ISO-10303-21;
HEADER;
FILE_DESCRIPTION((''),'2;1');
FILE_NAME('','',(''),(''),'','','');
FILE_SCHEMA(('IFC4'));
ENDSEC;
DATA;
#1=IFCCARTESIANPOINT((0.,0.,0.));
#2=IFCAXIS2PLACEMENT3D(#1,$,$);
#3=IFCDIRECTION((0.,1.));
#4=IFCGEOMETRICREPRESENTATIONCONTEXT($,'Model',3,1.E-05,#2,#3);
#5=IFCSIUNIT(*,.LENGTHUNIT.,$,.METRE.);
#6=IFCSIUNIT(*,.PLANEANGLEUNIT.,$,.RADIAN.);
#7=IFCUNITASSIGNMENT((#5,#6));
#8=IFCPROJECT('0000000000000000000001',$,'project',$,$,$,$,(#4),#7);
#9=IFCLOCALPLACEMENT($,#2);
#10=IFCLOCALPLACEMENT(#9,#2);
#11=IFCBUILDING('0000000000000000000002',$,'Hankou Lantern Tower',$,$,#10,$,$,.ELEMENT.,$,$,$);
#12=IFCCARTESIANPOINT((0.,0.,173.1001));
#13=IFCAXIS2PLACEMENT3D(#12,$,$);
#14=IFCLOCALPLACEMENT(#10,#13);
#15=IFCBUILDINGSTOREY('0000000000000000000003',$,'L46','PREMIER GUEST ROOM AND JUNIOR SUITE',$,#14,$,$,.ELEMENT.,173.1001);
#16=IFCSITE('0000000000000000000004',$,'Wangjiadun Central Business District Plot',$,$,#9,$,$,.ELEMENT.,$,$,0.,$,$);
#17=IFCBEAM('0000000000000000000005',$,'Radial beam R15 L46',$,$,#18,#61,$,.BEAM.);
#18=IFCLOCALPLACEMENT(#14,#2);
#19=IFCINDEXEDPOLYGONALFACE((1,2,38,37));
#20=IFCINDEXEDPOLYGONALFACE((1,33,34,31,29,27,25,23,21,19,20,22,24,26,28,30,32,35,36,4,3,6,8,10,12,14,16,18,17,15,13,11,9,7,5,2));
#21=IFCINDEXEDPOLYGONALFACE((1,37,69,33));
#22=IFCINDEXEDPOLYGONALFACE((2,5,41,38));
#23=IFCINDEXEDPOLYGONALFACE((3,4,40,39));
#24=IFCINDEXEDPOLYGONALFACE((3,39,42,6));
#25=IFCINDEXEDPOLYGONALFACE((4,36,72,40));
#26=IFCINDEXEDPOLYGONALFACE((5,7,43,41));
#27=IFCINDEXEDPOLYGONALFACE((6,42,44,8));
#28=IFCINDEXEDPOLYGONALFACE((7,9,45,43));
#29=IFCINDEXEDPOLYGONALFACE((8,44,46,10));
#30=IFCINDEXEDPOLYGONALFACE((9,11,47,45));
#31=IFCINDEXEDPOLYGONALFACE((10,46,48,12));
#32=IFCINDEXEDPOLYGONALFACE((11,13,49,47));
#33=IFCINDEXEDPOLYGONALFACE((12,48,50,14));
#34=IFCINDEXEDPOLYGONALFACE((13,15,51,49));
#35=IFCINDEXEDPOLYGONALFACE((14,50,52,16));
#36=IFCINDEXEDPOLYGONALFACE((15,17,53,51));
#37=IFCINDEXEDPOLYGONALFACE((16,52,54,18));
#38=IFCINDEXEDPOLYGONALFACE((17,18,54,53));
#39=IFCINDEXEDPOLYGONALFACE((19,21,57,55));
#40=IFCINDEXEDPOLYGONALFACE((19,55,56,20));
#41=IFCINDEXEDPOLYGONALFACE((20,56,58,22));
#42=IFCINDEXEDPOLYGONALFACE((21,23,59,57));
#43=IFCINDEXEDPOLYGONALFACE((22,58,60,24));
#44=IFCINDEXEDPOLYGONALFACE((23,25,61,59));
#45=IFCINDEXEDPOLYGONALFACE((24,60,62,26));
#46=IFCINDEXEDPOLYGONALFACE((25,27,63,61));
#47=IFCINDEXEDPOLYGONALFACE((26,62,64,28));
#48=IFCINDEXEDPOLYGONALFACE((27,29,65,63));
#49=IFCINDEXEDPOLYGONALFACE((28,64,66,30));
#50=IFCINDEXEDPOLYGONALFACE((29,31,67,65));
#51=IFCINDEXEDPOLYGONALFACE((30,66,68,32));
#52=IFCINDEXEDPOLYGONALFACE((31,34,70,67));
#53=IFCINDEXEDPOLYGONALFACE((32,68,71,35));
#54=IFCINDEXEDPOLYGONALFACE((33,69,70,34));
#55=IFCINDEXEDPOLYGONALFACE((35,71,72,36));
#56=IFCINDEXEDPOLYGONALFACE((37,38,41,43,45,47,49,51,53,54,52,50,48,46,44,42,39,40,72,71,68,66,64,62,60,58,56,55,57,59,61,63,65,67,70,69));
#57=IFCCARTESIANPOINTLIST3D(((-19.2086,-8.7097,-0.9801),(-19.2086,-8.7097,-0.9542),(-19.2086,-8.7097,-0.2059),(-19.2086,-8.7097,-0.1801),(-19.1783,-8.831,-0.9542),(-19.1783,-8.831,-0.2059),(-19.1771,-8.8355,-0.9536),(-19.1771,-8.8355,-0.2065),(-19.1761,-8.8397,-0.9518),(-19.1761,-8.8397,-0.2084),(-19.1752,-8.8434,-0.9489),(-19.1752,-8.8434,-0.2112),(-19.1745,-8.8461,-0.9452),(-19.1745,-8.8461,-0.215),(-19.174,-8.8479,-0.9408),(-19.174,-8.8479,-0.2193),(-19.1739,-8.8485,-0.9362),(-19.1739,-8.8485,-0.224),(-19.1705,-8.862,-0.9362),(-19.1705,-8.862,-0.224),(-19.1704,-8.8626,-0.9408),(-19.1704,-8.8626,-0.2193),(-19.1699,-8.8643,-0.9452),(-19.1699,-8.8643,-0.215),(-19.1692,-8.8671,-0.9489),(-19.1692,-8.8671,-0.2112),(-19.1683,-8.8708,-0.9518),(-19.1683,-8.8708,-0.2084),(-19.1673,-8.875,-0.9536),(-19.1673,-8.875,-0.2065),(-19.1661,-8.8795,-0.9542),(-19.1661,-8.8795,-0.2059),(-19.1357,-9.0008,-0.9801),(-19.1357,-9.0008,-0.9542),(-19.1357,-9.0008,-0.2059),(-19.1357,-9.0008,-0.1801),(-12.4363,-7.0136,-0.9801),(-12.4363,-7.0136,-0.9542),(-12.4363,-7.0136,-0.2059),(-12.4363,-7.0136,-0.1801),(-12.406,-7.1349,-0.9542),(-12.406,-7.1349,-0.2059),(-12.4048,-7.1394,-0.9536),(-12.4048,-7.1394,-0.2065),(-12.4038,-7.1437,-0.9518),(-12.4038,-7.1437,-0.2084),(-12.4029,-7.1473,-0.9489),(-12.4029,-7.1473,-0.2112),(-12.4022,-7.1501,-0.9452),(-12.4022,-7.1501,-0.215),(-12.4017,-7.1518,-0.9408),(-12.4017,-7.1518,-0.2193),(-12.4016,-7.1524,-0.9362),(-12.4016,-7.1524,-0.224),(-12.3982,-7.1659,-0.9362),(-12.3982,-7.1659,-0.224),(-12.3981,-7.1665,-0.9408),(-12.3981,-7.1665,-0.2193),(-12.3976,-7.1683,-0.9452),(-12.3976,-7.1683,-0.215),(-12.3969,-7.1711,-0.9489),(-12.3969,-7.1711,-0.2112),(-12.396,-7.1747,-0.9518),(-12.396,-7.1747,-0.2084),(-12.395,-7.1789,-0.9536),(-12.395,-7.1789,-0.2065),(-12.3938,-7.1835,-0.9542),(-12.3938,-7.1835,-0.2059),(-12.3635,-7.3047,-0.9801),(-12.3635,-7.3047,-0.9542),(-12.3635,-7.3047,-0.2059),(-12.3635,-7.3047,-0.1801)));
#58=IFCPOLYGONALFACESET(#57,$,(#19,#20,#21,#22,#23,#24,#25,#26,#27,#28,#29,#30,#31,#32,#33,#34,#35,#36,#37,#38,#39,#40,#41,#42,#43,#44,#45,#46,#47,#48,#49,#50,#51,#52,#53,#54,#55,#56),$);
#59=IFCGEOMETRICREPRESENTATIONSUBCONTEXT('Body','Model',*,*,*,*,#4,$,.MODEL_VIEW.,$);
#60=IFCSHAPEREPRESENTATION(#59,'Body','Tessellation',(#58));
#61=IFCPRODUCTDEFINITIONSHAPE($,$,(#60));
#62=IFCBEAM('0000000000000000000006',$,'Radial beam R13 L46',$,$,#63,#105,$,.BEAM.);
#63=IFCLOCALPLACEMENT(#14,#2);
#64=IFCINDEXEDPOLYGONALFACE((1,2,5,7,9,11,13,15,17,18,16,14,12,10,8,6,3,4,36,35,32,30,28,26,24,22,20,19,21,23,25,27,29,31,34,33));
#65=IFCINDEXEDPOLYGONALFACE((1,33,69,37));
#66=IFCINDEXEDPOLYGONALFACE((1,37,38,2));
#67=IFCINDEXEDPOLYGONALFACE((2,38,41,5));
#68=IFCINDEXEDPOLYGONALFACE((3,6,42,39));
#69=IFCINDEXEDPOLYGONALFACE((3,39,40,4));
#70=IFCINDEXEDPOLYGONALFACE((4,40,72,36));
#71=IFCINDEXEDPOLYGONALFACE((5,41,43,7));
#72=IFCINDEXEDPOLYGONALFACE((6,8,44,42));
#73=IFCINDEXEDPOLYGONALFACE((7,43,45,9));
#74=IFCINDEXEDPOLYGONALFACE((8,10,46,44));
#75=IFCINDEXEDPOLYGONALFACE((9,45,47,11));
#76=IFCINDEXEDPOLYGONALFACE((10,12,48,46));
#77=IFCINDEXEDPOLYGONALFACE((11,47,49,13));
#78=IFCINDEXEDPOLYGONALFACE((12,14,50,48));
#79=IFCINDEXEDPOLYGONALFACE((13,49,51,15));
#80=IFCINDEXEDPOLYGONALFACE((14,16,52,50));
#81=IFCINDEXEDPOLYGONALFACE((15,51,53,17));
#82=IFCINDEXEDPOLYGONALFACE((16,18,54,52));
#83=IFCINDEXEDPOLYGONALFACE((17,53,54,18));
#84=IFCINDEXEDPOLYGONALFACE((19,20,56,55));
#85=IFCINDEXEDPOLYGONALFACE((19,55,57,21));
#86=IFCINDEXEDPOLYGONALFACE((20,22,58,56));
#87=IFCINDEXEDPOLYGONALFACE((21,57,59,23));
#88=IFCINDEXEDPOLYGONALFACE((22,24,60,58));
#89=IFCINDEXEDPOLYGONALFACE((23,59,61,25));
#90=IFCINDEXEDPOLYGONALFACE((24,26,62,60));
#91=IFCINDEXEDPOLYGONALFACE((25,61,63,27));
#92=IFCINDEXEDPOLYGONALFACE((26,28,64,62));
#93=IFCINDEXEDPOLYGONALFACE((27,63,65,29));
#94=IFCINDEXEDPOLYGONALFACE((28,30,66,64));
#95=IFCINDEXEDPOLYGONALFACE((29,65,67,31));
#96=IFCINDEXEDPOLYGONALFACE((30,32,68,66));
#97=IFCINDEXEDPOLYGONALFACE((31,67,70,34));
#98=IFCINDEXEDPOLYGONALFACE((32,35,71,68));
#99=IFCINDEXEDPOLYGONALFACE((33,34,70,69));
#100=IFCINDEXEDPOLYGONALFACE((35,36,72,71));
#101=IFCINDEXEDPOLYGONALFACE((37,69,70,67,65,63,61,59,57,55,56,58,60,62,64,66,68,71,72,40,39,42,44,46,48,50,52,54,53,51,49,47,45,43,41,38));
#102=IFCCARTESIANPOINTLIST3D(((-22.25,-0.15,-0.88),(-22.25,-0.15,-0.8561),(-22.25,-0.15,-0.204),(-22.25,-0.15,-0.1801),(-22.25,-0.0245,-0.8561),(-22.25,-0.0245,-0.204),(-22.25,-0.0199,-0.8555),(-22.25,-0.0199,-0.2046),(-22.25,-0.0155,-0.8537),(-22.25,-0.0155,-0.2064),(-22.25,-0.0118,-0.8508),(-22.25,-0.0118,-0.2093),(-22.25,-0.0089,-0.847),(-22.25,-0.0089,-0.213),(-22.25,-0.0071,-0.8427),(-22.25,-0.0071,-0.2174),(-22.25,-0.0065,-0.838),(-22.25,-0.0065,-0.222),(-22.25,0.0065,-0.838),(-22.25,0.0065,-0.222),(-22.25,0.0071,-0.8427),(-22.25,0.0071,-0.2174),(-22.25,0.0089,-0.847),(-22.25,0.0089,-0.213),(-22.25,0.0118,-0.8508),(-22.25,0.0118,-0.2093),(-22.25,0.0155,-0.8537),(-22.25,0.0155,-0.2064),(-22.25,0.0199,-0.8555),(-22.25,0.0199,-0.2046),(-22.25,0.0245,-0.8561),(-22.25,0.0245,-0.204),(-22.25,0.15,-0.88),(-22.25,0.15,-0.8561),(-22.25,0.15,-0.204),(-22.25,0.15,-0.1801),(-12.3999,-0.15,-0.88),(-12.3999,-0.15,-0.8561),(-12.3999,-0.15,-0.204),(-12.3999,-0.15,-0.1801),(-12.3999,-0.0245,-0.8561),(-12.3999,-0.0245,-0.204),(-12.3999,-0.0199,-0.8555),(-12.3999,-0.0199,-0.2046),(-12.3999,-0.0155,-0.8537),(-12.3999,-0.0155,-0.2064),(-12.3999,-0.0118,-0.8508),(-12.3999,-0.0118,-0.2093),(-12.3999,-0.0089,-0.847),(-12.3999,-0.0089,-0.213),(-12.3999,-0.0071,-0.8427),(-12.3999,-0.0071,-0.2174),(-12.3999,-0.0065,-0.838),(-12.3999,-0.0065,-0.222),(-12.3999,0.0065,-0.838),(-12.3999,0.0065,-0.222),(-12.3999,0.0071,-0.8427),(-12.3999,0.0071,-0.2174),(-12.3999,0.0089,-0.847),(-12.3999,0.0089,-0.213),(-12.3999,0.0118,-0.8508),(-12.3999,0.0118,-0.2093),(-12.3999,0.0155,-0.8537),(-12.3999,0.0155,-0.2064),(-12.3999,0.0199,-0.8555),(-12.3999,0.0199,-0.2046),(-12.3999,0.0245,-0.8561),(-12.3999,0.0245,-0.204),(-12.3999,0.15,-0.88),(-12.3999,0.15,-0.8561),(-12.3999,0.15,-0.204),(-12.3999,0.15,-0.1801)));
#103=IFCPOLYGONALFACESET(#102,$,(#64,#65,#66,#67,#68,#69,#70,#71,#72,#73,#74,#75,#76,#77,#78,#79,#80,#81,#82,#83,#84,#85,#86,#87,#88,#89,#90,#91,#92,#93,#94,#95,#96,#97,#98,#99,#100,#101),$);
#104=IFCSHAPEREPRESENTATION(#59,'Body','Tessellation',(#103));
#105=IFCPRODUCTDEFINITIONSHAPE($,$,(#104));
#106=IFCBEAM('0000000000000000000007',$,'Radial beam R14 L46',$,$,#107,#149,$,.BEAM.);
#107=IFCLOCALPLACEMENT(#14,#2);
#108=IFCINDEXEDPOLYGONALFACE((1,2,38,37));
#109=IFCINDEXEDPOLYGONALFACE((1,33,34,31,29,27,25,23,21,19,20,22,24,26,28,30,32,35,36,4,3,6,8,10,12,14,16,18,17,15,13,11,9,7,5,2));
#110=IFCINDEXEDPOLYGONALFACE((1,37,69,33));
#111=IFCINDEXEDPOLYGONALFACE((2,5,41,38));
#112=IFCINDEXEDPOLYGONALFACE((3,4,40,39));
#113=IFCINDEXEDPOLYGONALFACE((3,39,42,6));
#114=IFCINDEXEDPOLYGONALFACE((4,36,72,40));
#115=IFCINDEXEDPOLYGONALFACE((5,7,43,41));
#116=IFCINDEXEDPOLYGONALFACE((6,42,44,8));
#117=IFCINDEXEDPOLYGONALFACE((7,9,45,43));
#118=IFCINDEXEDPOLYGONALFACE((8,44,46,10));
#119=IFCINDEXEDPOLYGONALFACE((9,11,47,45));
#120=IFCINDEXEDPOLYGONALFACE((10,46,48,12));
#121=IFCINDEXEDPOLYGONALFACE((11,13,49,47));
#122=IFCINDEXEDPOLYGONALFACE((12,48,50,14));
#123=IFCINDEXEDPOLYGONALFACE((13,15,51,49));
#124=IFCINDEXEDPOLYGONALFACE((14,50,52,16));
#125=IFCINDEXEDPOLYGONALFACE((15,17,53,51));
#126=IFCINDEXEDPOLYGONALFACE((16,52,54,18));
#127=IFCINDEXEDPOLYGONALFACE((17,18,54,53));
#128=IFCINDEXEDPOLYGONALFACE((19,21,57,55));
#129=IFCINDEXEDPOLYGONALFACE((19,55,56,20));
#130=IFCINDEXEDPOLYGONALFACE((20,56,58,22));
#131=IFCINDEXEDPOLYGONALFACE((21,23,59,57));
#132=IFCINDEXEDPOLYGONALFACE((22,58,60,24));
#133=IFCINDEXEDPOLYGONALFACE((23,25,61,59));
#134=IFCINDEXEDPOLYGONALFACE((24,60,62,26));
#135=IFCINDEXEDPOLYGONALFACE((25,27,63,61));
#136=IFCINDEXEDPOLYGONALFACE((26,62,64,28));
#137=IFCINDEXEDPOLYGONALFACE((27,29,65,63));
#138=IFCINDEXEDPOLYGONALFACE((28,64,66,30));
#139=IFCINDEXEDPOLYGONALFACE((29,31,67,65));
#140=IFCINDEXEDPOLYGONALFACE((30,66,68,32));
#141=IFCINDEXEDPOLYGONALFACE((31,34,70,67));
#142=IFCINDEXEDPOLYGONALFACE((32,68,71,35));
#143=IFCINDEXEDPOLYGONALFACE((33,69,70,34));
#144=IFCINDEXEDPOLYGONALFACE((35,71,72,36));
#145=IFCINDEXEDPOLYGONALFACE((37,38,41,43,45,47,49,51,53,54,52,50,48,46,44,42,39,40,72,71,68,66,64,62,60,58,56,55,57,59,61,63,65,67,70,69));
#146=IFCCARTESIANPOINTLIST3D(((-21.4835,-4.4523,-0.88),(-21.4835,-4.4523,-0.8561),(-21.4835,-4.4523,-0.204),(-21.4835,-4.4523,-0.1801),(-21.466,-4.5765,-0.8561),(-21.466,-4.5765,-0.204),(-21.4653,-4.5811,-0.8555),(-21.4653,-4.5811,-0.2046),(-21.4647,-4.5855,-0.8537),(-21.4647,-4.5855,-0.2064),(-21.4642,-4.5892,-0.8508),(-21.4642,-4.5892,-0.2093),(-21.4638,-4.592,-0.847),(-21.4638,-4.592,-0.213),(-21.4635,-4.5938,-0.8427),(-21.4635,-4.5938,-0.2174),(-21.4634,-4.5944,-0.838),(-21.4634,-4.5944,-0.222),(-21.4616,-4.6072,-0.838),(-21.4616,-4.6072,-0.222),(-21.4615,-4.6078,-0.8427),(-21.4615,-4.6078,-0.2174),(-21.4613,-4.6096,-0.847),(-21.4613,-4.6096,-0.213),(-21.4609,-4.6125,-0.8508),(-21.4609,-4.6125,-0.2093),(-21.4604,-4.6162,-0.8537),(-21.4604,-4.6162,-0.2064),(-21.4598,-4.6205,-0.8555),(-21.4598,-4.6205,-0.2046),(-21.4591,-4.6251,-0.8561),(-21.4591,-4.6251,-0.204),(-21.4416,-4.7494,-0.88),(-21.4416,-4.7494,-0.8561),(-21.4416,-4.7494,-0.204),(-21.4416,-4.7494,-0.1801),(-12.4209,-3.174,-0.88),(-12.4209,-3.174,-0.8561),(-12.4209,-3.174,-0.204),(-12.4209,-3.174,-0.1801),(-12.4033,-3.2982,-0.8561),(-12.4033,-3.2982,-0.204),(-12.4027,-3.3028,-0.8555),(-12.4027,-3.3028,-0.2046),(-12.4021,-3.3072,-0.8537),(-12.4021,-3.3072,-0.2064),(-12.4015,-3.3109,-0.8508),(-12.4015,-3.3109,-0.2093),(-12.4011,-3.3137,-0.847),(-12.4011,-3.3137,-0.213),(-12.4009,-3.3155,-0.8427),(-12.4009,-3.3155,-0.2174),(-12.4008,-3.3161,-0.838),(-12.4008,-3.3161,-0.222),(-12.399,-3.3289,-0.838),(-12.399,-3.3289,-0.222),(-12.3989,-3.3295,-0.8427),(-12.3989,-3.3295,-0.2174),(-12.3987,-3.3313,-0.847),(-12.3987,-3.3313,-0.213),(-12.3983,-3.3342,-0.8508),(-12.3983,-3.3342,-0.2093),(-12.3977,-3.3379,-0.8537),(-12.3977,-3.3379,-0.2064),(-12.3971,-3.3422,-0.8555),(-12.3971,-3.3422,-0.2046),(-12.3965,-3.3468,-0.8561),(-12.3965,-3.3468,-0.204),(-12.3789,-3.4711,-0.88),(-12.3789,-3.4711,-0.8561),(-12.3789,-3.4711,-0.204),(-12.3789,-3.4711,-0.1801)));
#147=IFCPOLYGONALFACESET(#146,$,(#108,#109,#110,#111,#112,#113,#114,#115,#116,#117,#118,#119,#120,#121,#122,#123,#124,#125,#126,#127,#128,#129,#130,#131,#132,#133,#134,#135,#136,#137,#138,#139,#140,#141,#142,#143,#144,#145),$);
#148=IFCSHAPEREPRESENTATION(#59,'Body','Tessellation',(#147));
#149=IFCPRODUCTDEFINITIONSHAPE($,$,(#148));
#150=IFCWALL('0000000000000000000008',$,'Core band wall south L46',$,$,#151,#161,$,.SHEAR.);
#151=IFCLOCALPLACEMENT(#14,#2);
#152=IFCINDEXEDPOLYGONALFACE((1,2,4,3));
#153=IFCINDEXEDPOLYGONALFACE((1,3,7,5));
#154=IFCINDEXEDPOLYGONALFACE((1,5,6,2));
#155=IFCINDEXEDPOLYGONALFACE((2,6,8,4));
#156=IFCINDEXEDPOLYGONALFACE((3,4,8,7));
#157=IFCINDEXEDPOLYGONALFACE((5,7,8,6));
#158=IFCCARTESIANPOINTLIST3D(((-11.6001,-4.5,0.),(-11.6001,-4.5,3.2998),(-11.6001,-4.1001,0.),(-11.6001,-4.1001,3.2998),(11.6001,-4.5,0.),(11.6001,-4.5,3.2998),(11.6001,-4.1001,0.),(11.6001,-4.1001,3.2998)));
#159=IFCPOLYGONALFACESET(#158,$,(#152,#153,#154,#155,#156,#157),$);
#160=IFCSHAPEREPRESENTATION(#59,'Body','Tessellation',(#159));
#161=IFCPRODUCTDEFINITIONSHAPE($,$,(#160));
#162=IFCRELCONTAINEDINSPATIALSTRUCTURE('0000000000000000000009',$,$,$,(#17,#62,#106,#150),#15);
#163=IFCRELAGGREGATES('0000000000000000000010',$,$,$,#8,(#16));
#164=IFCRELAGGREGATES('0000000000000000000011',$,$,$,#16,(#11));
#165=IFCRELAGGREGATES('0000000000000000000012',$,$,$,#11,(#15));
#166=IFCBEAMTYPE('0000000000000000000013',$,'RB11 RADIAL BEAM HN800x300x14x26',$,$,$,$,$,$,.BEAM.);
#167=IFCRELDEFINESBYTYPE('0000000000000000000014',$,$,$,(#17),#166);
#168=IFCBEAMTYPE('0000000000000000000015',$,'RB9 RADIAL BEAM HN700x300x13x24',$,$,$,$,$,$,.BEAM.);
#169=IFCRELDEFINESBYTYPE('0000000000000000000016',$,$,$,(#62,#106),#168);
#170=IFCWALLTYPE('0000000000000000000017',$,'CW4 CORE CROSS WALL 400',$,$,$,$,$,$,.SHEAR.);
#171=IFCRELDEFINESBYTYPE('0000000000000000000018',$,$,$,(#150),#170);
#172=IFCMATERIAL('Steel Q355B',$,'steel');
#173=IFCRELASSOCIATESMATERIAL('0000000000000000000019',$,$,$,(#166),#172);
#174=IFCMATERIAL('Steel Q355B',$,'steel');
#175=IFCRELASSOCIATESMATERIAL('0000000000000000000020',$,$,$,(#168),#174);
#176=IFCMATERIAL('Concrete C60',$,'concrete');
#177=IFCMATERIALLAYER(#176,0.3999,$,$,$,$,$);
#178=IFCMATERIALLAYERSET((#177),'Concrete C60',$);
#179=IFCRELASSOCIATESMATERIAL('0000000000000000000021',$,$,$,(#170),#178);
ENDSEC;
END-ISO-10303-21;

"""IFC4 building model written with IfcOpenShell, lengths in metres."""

from ifc_helpers import new_model, si_unit, direction, frame, frame_2d, origin, origin_2d, place, context, subcontext, project, spatial, rectangle, i_section, extrude, material, layer, layer_set, material_profile, profile_set, type_object, element, save


model = new_model("IFC4")

# Units and contexts
model_context = context("Model", 3, precision=1e-05, world=origin(), true_north=direction((0.0, 1.0)))
body_context = subcontext(model_context, "Body", "Model", "MODEL_VIEW")
ifc_project = project(units=[si_unit("LENGTHUNIT", "METRE"), si_unit("PLANEANGLEUNIT", "RADIAN")], contexts=[model_context])

# Site, building, storey
site_placement = place(None, origin())
site = spatial("IfcSite", under=ifc_project, at=site_placement, Name="Wangjiadun Central Business District Plot", CompositionType="ELEMENT", RefElevation=0.0)
building_placement = place(site_placement, origin())
building = spatial("IfcBuilding", under=site, at=building_placement, Name="Hankou Lantern Tower", CompositionType="ELEMENT")
storey_placement = place(building_placement, frame((0.0, 0.0, 173.1001)))
storey = spatial("IfcBuildingStorey", under=building, at=storey_placement, Name="L46", Description="PREMIER GUEST ROOM AND JUNIOR SUITE", CompositionType="ELEMENT", Elevation=173.1001)

# Beams
ifc_material_1 = material(Name="Steel Q355B", Category="steel")
ifc_material_profile_1 = material_profile(ifc_material_1, i_section(OverallWidth=0.3, OverallDepth=0.8, WebThickness=0.0139, FlangeThickness=0.0259, FilletRadius=0.0181, at=origin_2d()), Name="HN800x300x14x26")
ifc_profile_set_1 = profile_set([ifc_material_profile_1], Name="Steel Q355B")
beam_type_1 = type_object("IfcBeamType", Name="RB11 RADIAL BEAM HN800x300x14x26", PredefinedType="BEAM", material=ifc_profile_set_1)
beam_1_placement = place(storey_placement, frame((-12.3999, -7.1592, -0.5801), z_axis=(-0.970042, -0.242939, 0.0), x_axis=(0.242939, -0.970042, 0.0)))
element("IfcBeam", 1, at=beam_1_placement, inside=storey, type_object=beam_type_1, Name="Radial beam R15 L46", PredefinedType="BEAM", context=body_context, shape_type="SweptSolid", body=[
    extrude(i_section(OverallWidth=0.3, OverallDepth=0.8, WebThickness=0.0139, FlangeThickness=0.0259, FilletRadius=0.0181, at=origin_2d()), origin(), (0.0, 0.0, 1.0), 6.9814),
])
ifc_material_2 = material(Name="Steel Q355B", Category="steel")
ifc_material_profile_2 = material_profile(ifc_material_2, i_section(OverallWidth=0.3, OverallDepth=0.7, WebThickness=0.0129, FlangeThickness=0.0239, FilletRadius=0.0181, at=origin_2d()), Name="HN700x300x13x24")
ifc_profile_set_2 = profile_set([ifc_material_profile_2], Name="Steel Q355B")
beam_type_2 = type_object("IfcBeamType", Name="RB9 RADIAL BEAM HN700x300x13x24", PredefinedType="BEAM", material=ifc_profile_set_2)
beam_2_placement = place(storey_placement, frame((-12.3999, 0.0, -0.53), z_axis=(-1.0, 0.0, 0.0), x_axis=(0.0, -1.0, 0.0)))
element("IfcBeam", 2, at=beam_2_placement, inside=storey, type_object=beam_type_2, Name="Radial beam R13 L46", PredefinedType="BEAM", context=body_context, shape_type="SweptSolid", body=[
    extrude(i_section(OverallWidth=0.3, OverallDepth=0.7, WebThickness=0.0129, FlangeThickness=0.0239, FilletRadius=0.0181, at=origin_2d()), origin(), (0.0, 0.0, 1.0), 9.8501),
])
beam_3_placement = place(storey_placement, frame((-12.3999, -3.3225, -0.53), z_axis=(-0.990198, -0.13967, 0.0), x_axis=(0.13967, -0.990198, 0.0)))
element("IfcBeam", 3, at=beam_3_placement, inside=storey, type_object=beam_type_2, Name="Radial beam R14 L46", PredefinedType="BEAM", context=body_context, shape_type="SweptSolid", body=[
    extrude(i_section(OverallWidth=0.3, OverallDepth=0.7, WebThickness=0.0129, FlangeThickness=0.0239, FilletRadius=0.0181, at=origin_2d()), origin(), (0.0, 0.0, 1.0), 9.1523),
])

# Wall
ifc_material_3 = material(Name="Concrete C60", Category="concrete")
ifc_layer_1 = layer(ifc_material_3, 0.3999)
ifc_layer_set_1 = layer_set([ifc_layer_1], Name="Concrete C60")
wall_type_1 = type_object("IfcWallType", Name="CW4 CORE CROSS WALL 400", PredefinedType="SHEAR", material=ifc_layer_set_1)
wall_1_placement = place(storey_placement, frame((-11.6001, -4.3, 0.0), z_axis=(0.0, 0.0, 1.0), x_axis=(1.0, 0.0, 0.0)))
element("IfcWall", 4, at=wall_1_placement, inside=storey, type_object=wall_type_1, Name="Core band wall south L46", PredefinedType="SHEAR", context=body_context, shape_type="SweptSolid", body=[
    extrude(rectangle(XDim=23.2002, YDim=0.3999, at=frame_2d((11.6001, 0.0))), origin(), (0.0, 0.0, 1.0), 3.2998),
])

save(model, "model.ifc")
